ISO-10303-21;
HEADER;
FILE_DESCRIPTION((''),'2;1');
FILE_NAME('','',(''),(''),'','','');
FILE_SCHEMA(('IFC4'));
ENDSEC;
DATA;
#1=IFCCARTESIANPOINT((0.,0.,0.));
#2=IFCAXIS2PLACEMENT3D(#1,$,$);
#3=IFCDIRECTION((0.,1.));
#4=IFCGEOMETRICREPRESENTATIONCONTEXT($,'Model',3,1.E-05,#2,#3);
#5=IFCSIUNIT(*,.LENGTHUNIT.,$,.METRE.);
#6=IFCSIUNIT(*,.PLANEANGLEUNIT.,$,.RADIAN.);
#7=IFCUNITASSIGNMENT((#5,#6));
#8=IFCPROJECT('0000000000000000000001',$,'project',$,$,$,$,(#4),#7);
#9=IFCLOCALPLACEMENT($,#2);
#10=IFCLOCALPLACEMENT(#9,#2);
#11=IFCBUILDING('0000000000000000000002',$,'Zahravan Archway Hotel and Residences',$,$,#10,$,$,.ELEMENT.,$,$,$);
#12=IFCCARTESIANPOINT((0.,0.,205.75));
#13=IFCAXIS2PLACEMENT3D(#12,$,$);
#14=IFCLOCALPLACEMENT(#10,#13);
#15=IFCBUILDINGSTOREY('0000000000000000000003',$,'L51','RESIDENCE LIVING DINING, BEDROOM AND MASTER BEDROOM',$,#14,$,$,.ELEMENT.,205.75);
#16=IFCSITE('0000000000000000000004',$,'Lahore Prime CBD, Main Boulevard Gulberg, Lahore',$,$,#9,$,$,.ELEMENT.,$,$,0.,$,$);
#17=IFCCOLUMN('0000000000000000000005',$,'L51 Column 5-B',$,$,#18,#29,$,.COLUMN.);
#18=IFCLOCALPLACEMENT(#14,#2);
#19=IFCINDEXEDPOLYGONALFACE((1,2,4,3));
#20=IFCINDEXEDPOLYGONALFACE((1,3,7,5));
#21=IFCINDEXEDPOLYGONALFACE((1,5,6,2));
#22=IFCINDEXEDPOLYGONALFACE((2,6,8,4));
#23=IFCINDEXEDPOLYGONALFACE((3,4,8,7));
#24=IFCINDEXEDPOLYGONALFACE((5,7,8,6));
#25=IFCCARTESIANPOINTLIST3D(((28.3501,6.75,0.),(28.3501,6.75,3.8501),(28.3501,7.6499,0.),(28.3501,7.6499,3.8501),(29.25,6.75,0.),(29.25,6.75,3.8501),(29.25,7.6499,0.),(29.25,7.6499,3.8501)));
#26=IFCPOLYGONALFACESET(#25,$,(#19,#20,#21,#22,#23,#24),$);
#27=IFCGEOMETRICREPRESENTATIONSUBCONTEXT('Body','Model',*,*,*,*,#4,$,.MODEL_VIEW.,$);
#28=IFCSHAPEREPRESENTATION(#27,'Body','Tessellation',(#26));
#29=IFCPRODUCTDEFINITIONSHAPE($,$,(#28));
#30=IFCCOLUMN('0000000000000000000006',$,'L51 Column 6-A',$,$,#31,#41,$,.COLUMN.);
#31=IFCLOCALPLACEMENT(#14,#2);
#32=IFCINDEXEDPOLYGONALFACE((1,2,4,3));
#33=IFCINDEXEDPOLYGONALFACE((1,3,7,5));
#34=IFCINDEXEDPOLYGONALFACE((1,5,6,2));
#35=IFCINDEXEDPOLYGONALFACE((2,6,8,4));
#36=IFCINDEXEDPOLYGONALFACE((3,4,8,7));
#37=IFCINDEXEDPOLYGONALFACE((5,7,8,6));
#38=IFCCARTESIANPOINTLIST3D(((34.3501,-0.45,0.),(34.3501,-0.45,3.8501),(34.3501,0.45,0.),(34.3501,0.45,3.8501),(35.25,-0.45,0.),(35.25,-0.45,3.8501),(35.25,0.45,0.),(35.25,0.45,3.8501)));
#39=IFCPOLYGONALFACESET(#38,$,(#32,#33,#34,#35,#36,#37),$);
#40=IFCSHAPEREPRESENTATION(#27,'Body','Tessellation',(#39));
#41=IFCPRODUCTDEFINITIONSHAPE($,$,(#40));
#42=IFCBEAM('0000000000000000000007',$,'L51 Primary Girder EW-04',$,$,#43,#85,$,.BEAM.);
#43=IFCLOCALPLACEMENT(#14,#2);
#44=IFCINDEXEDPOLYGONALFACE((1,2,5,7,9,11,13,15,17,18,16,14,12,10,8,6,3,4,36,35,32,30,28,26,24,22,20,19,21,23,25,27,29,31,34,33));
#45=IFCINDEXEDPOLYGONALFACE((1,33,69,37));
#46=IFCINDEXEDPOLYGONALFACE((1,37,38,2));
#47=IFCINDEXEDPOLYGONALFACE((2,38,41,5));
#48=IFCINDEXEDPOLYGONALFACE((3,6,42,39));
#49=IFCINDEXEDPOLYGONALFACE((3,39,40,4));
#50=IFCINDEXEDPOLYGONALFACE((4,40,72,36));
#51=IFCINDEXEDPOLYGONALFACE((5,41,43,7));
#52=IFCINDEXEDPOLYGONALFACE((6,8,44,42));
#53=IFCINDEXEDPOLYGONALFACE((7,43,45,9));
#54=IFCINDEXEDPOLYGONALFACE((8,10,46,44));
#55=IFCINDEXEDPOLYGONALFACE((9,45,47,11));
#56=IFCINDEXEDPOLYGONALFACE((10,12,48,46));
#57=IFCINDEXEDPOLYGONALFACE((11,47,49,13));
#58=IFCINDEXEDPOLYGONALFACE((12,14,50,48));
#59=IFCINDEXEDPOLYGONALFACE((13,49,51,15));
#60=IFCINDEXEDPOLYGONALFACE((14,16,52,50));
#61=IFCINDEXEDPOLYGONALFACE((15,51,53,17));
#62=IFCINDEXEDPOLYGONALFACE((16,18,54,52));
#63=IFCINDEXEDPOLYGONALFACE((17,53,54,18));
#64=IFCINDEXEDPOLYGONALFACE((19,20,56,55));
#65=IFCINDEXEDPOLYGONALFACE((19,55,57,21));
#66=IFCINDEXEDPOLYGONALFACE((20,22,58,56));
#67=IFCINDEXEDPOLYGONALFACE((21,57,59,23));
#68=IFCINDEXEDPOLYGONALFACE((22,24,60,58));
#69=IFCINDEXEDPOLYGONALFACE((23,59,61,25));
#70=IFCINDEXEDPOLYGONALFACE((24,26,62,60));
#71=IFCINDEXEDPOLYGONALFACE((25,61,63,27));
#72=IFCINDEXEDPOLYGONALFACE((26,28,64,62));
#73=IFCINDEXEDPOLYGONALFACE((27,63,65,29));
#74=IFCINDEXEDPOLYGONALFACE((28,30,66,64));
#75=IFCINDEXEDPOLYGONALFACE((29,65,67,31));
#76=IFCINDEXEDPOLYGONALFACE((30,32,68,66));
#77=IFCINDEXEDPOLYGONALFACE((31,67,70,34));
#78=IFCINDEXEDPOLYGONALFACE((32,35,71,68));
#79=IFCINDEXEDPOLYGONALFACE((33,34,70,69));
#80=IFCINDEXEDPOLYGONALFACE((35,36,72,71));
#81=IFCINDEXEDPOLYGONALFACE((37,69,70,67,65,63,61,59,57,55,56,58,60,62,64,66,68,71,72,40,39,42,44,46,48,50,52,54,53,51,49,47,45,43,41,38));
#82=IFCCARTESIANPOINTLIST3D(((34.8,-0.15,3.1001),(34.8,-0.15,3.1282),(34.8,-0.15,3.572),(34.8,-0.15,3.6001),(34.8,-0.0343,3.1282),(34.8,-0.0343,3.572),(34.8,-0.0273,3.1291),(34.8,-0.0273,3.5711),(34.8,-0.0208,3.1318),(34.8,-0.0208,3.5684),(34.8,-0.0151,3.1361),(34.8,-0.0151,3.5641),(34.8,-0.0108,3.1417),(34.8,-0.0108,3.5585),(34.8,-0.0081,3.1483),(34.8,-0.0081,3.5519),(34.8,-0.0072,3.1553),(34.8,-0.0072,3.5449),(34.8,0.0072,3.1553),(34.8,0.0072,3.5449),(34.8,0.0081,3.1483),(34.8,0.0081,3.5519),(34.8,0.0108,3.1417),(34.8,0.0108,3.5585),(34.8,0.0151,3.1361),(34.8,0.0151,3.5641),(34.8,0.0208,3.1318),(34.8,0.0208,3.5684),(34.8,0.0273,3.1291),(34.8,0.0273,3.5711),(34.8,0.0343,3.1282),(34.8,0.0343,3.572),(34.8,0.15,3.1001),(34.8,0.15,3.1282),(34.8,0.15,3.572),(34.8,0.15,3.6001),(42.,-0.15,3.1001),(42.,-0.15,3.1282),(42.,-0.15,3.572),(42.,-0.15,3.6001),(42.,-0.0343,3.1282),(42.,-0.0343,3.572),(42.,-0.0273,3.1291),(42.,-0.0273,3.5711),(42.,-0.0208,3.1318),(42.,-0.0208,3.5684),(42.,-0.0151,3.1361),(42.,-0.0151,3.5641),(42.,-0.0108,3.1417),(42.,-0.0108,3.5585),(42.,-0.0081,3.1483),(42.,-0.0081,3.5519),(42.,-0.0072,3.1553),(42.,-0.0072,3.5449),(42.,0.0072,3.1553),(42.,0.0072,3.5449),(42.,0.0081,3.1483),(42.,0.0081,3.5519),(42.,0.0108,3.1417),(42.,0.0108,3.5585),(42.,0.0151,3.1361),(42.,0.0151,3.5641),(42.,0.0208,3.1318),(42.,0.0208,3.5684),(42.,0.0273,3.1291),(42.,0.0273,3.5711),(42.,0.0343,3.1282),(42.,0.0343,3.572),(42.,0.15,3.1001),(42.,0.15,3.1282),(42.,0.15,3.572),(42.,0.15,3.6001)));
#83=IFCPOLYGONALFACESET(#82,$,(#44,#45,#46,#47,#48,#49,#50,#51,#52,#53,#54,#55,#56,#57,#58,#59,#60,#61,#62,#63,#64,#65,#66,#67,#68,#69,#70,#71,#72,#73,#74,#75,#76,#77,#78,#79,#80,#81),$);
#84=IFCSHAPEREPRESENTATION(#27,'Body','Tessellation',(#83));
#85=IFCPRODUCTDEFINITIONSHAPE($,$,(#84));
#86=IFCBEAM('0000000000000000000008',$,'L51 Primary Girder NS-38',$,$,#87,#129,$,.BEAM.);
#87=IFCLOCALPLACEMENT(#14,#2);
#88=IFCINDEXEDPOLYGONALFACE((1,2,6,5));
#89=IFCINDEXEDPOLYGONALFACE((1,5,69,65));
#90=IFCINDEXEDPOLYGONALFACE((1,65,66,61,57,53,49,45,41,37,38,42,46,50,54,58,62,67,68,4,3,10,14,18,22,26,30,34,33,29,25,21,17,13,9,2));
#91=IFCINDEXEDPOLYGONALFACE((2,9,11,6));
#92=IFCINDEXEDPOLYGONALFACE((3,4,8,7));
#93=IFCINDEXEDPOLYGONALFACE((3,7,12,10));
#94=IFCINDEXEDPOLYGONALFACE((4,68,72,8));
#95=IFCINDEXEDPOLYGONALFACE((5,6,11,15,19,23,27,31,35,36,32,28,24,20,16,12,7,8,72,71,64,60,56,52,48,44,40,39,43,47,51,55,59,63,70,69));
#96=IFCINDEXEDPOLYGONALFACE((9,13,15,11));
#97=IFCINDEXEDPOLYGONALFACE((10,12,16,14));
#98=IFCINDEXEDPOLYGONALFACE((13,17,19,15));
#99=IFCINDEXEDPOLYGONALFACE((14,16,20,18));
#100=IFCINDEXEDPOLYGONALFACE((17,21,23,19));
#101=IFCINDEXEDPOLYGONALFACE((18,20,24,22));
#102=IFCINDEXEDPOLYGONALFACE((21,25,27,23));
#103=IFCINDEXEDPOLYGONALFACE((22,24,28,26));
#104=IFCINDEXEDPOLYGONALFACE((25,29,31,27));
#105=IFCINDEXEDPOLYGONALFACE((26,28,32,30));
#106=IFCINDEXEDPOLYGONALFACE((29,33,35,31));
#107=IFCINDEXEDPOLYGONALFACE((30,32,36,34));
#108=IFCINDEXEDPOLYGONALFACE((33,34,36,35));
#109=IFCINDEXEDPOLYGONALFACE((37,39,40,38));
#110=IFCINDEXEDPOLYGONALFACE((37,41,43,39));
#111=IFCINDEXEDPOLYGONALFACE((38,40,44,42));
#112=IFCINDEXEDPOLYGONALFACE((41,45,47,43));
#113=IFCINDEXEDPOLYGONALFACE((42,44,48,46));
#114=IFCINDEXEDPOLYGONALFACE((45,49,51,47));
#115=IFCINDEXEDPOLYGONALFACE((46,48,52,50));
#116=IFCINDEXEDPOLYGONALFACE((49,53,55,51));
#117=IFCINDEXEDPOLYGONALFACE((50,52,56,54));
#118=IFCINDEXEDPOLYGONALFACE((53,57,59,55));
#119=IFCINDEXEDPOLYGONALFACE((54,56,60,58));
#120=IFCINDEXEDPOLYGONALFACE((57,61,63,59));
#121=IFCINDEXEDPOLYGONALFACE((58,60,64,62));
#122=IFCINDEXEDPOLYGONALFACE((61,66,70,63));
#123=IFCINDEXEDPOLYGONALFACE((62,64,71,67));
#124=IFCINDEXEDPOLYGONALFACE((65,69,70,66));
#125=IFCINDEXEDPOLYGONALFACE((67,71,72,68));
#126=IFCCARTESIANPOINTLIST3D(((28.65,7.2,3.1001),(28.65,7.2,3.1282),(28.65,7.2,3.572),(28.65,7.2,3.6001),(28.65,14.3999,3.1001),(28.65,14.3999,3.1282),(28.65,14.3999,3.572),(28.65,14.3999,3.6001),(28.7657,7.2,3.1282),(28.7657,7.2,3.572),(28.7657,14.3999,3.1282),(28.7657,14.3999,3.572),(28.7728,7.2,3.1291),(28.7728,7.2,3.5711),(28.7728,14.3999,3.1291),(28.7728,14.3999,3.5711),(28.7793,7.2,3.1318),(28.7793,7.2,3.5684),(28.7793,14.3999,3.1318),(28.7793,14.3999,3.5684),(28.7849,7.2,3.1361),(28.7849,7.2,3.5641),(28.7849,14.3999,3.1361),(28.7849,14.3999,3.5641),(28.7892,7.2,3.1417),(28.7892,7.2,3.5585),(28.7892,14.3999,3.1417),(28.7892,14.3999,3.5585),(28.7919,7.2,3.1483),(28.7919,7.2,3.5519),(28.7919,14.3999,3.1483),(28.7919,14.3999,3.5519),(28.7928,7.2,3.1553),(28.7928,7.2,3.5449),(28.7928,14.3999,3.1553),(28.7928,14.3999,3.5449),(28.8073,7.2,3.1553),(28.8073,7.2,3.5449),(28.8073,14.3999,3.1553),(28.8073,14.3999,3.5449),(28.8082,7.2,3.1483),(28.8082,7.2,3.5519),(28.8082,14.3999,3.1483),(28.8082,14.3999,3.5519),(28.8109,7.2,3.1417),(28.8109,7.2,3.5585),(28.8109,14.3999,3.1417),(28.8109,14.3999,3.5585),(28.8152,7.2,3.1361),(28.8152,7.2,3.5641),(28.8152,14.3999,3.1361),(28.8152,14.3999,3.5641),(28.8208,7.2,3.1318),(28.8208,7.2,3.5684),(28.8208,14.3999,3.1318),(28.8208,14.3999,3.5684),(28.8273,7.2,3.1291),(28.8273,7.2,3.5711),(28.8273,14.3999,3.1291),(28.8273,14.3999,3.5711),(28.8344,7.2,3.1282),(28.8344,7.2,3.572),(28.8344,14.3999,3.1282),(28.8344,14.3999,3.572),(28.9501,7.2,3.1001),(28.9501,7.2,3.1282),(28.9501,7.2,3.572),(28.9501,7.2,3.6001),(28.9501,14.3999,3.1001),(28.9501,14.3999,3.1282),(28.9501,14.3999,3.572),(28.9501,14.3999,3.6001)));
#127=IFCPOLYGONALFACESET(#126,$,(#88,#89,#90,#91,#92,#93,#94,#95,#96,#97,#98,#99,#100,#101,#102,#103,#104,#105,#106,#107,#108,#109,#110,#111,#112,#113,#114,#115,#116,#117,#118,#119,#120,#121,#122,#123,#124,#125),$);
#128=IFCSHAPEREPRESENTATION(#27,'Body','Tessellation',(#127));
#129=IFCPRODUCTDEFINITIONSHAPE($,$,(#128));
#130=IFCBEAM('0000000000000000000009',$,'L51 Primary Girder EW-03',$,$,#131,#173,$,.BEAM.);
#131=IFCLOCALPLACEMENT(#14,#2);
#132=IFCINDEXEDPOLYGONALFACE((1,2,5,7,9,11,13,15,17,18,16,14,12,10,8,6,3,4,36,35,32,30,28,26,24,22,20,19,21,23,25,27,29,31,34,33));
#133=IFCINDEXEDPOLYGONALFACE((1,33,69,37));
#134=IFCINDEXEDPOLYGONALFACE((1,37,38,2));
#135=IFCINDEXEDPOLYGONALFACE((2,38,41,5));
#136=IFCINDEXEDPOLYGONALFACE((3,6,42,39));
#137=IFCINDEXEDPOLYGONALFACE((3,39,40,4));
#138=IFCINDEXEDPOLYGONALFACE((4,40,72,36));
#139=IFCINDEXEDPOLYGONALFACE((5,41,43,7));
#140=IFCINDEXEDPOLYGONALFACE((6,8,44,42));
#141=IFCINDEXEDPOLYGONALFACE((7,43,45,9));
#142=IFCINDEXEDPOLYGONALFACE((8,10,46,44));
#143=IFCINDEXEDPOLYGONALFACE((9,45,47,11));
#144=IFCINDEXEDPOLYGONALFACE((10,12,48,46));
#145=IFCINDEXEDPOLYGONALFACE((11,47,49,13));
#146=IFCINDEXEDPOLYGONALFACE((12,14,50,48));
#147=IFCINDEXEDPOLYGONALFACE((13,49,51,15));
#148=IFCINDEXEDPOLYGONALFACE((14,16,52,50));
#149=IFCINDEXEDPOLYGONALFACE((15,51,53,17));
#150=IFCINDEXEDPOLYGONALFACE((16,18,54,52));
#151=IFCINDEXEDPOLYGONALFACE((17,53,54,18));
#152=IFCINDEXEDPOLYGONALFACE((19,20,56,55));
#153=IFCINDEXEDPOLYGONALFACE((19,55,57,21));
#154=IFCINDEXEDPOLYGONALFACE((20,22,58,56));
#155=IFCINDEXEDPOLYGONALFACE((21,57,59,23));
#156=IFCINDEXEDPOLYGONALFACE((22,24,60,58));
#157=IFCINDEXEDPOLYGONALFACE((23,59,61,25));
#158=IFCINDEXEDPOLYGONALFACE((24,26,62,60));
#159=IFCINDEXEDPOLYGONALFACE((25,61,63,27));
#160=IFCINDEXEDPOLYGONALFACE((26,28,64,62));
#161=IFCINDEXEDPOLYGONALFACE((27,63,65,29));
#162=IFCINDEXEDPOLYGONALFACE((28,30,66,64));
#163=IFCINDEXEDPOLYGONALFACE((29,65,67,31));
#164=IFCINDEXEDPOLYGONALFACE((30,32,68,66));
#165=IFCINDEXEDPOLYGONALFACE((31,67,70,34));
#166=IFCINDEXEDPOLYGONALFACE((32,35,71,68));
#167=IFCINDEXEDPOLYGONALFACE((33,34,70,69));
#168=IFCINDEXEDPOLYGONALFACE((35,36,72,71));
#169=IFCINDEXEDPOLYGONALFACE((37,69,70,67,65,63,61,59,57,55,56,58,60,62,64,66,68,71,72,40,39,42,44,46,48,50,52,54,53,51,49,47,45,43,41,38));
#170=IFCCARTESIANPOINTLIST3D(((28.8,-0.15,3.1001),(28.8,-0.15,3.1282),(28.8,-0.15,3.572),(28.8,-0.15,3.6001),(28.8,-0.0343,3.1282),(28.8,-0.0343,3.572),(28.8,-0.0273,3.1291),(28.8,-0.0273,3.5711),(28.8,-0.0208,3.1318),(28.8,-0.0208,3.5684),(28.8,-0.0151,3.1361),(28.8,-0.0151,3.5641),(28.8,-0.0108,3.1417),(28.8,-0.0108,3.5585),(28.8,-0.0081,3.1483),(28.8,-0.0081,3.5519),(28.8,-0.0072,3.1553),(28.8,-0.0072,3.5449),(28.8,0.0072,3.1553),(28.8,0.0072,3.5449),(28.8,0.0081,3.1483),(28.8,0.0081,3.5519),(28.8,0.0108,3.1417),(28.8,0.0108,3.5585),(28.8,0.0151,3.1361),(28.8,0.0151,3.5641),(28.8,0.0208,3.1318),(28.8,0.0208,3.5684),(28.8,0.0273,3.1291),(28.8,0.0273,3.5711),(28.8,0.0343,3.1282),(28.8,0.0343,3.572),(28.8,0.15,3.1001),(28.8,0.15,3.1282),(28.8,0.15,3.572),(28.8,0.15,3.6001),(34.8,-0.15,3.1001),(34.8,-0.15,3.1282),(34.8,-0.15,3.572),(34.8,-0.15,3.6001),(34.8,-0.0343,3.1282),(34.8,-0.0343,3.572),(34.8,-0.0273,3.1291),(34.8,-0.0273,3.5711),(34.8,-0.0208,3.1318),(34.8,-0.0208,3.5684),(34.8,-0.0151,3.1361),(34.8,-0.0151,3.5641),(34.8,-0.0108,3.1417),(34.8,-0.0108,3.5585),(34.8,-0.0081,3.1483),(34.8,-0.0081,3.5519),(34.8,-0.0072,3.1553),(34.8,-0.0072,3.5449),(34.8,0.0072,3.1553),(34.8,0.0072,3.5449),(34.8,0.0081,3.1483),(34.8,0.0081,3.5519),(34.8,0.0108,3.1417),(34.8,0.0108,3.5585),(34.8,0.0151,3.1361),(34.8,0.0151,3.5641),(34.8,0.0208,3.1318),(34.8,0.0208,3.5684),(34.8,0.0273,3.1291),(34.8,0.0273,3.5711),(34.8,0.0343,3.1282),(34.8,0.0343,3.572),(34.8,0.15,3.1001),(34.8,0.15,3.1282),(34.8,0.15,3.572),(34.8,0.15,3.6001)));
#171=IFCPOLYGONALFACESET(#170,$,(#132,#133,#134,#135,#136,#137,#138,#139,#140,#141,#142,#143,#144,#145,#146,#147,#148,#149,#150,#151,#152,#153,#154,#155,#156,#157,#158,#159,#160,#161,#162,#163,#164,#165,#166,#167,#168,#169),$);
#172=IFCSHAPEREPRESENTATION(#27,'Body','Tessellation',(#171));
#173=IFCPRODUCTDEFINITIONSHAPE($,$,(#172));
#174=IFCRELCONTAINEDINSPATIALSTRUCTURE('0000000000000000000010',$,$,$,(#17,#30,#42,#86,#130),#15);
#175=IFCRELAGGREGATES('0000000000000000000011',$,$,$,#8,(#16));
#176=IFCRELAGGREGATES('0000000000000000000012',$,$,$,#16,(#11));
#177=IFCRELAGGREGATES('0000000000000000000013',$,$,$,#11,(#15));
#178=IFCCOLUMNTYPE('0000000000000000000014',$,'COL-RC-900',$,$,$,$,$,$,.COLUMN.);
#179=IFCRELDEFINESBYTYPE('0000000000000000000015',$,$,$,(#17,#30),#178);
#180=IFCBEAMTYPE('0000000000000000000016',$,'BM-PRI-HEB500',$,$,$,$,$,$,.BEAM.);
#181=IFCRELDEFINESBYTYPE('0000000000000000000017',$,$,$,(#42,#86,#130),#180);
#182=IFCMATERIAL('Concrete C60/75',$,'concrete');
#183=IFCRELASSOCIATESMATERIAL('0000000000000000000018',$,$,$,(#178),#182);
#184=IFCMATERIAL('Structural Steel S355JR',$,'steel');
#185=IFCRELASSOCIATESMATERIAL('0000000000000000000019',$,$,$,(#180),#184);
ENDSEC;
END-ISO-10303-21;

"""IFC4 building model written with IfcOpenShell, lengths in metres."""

from ifc_helpers import new_model, si_unit, direction, frame, origin, origin_2d, place, context, subcontext, project, spatial, rectangle, i_section, extrude, source, transform, mapped, material, material_profile, profile_set, type_object, type_shapes, element, save


model = new_model("IFC4")

# Units and contexts
model_context = context("Model", 3, precision=1e-05, world=origin(), true_north=direction((0.0, 1.0)))
body_context = subcontext(model_context, "Body", "Model", "MODEL_VIEW")
ifc_project = project(units=[si_unit("LENGTHUNIT", "METRE"), si_unit("PLANEANGLEUNIT", "RADIAN")], contexts=[model_context])

# Site, building, storey
site_placement = place(None, origin())
site = spatial("IfcSite", under=ifc_project, at=site_placement, Name="Lahore Prime CBD, Main Boulevard Gulberg, Lahore", CompositionType="ELEMENT", RefElevation=0.0)
building_placement = place(site_placement, origin())
building = spatial("IfcBuilding", under=site, at=building_placement, Name="Zahravan Archway Hotel and Residences", CompositionType="ELEMENT")
storey_placement = place(building_placement, frame((0.0, 0.0, 205.75)))
storey = spatial("IfcBuildingStorey", under=building, at=storey_placement, Name="L51", Description="RESIDENCE LIVING DINING, BEDROOM AND MASTER BEDROOM", CompositionType="ELEMENT", Elevation=205.75)

# Columns
ifc_material_1 = material(Name="Concrete C60/75", Category="concrete")
ifc_material_profile_1 = material_profile(ifc_material_1, rectangle(XDim=0.8999, YDim=0.8999, at=origin_2d()), Name="RC-COL-900x900", Category="concrete")
ifc_profile_set_1 = profile_set([ifc_material_profile_1], Name="Concrete C60/75")
column_type = type_object("IfcColumnType", Name="COL-RC-900", PredefinedType="COLUMN", material=ifc_profile_set_1)
shared_shape_1 = source(origin(), body_context, "Body", "SweptSolid", [
    extrude(rectangle(XDim=0.8999, YDim=0.8999, at=origin_2d()), origin(), (0.0, 0.0, 1.0), 3.8501),
])
type_shapes(column_type, [shared_shape_1])
for number, where, z_axis, x_axis, name in (
    (1, (28.8, 7.2, 0.0), (0.0, 0.0, 1.0), (1.0, 0.0, 0.0), "L51 Column 5-B"),
    (2, (34.8, 0.0, 0.0), (0.0, 0.0, 1.0), (1.0, 0.0, 0.0), "L51 Column 6-A"),
):
    element("IfcColumn", number, at=place(storey_placement, frame(where, z_axis=z_axis, x_axis=x_axis)), inside=storey, type_object=column_type, Name=name, PredefinedType="COLUMN", context=body_context, shape_type="MappedRepresentation", body=[
        mapped(shared_shape_1, transform((0.0, 0.0, 0.0), scale=1.0)),
    ])

# Beams
ifc_material_2 = material(Name="Structural Steel S355JR", Category="steel")
ifc_material_profile_2 = material_profile(ifc_material_2, i_section(OverallWidth=0.3, OverallDepth=0.5, WebThickness=0.0144, FlangeThickness=0.0281, FilletRadius=0.0271, at=origin_2d()), Name="HEB 500", Category="steel")
ifc_profile_set_2 = profile_set([ifc_material_profile_2], Name="Structural Steel S355JR")
beam_type_1 = type_object("IfcBeamType", Name="BM-PRI-HEB500", PredefinedType="BEAM", material=ifc_profile_set_2)
shared_shape_2 = source(origin(), body_context, "Body", "SweptSolid", [
    extrude(i_section(OverallWidth=0.3, OverallDepth=0.5, WebThickness=0.0144, FlangeThickness=0.0281, FilletRadius=0.0271, at=origin_2d()), origin(), (0.0, 0.0, 1.0), 7.2),
])
for number, where, z_axis, x_axis, name in (
    (3, (34.8, 0.0, 3.3501), (1.0, 0.0, 0.0), (0.0, 1.0, 0.0), "L51 Primary Girder EW-04"),
    (4, (28.8, 7.2, 3.3501), (0.0, 1.0, 0.0), (-1.0, 0.0, 0.0), "L51 Primary Girder NS-38"),
):
    element("IfcBeam", number, at=place(storey_placement, frame(where, z_axis=z_axis, x_axis=x_axis)), inside=storey, type_object=beam_type_1, Name=name, PredefinedType="BEAM", context=body_context, shape_type="MappedRepresentation", body=[
        mapped(shared_shape_2, transform((0.0, 0.0, 0.0), scale=1.0)),
    ])
shared_shape_3 = source(origin(), body_context, "Body", "SweptSolid", [
    extrude(i_section(OverallWidth=0.3, OverallDepth=0.5, WebThickness=0.0144, FlangeThickness=0.0281, FilletRadius=0.0271, at=origin_2d()), origin(), (0.0, 0.0, 1.0), 6.0),
])
for number, where, z_axis, x_axis, name in (
    (5, (28.8, 0.0, 3.3501), (1.0, 0.0, 0.0), (0.0, 1.0, 0.0), "L51 Primary Girder EW-03"),
):
    element("IfcBeam", number, at=place(storey_placement, frame(where, z_axis=z_axis, x_axis=x_axis)), inside=storey, type_object=beam_type_1, Name=name, PredefinedType="BEAM", context=body_context, shape_type="MappedRepresentation", body=[
        mapped(shared_shape_3, transform((0.0, 0.0, 0.0), scale=1.0)),
    ])

save(model, "model.ifc")
